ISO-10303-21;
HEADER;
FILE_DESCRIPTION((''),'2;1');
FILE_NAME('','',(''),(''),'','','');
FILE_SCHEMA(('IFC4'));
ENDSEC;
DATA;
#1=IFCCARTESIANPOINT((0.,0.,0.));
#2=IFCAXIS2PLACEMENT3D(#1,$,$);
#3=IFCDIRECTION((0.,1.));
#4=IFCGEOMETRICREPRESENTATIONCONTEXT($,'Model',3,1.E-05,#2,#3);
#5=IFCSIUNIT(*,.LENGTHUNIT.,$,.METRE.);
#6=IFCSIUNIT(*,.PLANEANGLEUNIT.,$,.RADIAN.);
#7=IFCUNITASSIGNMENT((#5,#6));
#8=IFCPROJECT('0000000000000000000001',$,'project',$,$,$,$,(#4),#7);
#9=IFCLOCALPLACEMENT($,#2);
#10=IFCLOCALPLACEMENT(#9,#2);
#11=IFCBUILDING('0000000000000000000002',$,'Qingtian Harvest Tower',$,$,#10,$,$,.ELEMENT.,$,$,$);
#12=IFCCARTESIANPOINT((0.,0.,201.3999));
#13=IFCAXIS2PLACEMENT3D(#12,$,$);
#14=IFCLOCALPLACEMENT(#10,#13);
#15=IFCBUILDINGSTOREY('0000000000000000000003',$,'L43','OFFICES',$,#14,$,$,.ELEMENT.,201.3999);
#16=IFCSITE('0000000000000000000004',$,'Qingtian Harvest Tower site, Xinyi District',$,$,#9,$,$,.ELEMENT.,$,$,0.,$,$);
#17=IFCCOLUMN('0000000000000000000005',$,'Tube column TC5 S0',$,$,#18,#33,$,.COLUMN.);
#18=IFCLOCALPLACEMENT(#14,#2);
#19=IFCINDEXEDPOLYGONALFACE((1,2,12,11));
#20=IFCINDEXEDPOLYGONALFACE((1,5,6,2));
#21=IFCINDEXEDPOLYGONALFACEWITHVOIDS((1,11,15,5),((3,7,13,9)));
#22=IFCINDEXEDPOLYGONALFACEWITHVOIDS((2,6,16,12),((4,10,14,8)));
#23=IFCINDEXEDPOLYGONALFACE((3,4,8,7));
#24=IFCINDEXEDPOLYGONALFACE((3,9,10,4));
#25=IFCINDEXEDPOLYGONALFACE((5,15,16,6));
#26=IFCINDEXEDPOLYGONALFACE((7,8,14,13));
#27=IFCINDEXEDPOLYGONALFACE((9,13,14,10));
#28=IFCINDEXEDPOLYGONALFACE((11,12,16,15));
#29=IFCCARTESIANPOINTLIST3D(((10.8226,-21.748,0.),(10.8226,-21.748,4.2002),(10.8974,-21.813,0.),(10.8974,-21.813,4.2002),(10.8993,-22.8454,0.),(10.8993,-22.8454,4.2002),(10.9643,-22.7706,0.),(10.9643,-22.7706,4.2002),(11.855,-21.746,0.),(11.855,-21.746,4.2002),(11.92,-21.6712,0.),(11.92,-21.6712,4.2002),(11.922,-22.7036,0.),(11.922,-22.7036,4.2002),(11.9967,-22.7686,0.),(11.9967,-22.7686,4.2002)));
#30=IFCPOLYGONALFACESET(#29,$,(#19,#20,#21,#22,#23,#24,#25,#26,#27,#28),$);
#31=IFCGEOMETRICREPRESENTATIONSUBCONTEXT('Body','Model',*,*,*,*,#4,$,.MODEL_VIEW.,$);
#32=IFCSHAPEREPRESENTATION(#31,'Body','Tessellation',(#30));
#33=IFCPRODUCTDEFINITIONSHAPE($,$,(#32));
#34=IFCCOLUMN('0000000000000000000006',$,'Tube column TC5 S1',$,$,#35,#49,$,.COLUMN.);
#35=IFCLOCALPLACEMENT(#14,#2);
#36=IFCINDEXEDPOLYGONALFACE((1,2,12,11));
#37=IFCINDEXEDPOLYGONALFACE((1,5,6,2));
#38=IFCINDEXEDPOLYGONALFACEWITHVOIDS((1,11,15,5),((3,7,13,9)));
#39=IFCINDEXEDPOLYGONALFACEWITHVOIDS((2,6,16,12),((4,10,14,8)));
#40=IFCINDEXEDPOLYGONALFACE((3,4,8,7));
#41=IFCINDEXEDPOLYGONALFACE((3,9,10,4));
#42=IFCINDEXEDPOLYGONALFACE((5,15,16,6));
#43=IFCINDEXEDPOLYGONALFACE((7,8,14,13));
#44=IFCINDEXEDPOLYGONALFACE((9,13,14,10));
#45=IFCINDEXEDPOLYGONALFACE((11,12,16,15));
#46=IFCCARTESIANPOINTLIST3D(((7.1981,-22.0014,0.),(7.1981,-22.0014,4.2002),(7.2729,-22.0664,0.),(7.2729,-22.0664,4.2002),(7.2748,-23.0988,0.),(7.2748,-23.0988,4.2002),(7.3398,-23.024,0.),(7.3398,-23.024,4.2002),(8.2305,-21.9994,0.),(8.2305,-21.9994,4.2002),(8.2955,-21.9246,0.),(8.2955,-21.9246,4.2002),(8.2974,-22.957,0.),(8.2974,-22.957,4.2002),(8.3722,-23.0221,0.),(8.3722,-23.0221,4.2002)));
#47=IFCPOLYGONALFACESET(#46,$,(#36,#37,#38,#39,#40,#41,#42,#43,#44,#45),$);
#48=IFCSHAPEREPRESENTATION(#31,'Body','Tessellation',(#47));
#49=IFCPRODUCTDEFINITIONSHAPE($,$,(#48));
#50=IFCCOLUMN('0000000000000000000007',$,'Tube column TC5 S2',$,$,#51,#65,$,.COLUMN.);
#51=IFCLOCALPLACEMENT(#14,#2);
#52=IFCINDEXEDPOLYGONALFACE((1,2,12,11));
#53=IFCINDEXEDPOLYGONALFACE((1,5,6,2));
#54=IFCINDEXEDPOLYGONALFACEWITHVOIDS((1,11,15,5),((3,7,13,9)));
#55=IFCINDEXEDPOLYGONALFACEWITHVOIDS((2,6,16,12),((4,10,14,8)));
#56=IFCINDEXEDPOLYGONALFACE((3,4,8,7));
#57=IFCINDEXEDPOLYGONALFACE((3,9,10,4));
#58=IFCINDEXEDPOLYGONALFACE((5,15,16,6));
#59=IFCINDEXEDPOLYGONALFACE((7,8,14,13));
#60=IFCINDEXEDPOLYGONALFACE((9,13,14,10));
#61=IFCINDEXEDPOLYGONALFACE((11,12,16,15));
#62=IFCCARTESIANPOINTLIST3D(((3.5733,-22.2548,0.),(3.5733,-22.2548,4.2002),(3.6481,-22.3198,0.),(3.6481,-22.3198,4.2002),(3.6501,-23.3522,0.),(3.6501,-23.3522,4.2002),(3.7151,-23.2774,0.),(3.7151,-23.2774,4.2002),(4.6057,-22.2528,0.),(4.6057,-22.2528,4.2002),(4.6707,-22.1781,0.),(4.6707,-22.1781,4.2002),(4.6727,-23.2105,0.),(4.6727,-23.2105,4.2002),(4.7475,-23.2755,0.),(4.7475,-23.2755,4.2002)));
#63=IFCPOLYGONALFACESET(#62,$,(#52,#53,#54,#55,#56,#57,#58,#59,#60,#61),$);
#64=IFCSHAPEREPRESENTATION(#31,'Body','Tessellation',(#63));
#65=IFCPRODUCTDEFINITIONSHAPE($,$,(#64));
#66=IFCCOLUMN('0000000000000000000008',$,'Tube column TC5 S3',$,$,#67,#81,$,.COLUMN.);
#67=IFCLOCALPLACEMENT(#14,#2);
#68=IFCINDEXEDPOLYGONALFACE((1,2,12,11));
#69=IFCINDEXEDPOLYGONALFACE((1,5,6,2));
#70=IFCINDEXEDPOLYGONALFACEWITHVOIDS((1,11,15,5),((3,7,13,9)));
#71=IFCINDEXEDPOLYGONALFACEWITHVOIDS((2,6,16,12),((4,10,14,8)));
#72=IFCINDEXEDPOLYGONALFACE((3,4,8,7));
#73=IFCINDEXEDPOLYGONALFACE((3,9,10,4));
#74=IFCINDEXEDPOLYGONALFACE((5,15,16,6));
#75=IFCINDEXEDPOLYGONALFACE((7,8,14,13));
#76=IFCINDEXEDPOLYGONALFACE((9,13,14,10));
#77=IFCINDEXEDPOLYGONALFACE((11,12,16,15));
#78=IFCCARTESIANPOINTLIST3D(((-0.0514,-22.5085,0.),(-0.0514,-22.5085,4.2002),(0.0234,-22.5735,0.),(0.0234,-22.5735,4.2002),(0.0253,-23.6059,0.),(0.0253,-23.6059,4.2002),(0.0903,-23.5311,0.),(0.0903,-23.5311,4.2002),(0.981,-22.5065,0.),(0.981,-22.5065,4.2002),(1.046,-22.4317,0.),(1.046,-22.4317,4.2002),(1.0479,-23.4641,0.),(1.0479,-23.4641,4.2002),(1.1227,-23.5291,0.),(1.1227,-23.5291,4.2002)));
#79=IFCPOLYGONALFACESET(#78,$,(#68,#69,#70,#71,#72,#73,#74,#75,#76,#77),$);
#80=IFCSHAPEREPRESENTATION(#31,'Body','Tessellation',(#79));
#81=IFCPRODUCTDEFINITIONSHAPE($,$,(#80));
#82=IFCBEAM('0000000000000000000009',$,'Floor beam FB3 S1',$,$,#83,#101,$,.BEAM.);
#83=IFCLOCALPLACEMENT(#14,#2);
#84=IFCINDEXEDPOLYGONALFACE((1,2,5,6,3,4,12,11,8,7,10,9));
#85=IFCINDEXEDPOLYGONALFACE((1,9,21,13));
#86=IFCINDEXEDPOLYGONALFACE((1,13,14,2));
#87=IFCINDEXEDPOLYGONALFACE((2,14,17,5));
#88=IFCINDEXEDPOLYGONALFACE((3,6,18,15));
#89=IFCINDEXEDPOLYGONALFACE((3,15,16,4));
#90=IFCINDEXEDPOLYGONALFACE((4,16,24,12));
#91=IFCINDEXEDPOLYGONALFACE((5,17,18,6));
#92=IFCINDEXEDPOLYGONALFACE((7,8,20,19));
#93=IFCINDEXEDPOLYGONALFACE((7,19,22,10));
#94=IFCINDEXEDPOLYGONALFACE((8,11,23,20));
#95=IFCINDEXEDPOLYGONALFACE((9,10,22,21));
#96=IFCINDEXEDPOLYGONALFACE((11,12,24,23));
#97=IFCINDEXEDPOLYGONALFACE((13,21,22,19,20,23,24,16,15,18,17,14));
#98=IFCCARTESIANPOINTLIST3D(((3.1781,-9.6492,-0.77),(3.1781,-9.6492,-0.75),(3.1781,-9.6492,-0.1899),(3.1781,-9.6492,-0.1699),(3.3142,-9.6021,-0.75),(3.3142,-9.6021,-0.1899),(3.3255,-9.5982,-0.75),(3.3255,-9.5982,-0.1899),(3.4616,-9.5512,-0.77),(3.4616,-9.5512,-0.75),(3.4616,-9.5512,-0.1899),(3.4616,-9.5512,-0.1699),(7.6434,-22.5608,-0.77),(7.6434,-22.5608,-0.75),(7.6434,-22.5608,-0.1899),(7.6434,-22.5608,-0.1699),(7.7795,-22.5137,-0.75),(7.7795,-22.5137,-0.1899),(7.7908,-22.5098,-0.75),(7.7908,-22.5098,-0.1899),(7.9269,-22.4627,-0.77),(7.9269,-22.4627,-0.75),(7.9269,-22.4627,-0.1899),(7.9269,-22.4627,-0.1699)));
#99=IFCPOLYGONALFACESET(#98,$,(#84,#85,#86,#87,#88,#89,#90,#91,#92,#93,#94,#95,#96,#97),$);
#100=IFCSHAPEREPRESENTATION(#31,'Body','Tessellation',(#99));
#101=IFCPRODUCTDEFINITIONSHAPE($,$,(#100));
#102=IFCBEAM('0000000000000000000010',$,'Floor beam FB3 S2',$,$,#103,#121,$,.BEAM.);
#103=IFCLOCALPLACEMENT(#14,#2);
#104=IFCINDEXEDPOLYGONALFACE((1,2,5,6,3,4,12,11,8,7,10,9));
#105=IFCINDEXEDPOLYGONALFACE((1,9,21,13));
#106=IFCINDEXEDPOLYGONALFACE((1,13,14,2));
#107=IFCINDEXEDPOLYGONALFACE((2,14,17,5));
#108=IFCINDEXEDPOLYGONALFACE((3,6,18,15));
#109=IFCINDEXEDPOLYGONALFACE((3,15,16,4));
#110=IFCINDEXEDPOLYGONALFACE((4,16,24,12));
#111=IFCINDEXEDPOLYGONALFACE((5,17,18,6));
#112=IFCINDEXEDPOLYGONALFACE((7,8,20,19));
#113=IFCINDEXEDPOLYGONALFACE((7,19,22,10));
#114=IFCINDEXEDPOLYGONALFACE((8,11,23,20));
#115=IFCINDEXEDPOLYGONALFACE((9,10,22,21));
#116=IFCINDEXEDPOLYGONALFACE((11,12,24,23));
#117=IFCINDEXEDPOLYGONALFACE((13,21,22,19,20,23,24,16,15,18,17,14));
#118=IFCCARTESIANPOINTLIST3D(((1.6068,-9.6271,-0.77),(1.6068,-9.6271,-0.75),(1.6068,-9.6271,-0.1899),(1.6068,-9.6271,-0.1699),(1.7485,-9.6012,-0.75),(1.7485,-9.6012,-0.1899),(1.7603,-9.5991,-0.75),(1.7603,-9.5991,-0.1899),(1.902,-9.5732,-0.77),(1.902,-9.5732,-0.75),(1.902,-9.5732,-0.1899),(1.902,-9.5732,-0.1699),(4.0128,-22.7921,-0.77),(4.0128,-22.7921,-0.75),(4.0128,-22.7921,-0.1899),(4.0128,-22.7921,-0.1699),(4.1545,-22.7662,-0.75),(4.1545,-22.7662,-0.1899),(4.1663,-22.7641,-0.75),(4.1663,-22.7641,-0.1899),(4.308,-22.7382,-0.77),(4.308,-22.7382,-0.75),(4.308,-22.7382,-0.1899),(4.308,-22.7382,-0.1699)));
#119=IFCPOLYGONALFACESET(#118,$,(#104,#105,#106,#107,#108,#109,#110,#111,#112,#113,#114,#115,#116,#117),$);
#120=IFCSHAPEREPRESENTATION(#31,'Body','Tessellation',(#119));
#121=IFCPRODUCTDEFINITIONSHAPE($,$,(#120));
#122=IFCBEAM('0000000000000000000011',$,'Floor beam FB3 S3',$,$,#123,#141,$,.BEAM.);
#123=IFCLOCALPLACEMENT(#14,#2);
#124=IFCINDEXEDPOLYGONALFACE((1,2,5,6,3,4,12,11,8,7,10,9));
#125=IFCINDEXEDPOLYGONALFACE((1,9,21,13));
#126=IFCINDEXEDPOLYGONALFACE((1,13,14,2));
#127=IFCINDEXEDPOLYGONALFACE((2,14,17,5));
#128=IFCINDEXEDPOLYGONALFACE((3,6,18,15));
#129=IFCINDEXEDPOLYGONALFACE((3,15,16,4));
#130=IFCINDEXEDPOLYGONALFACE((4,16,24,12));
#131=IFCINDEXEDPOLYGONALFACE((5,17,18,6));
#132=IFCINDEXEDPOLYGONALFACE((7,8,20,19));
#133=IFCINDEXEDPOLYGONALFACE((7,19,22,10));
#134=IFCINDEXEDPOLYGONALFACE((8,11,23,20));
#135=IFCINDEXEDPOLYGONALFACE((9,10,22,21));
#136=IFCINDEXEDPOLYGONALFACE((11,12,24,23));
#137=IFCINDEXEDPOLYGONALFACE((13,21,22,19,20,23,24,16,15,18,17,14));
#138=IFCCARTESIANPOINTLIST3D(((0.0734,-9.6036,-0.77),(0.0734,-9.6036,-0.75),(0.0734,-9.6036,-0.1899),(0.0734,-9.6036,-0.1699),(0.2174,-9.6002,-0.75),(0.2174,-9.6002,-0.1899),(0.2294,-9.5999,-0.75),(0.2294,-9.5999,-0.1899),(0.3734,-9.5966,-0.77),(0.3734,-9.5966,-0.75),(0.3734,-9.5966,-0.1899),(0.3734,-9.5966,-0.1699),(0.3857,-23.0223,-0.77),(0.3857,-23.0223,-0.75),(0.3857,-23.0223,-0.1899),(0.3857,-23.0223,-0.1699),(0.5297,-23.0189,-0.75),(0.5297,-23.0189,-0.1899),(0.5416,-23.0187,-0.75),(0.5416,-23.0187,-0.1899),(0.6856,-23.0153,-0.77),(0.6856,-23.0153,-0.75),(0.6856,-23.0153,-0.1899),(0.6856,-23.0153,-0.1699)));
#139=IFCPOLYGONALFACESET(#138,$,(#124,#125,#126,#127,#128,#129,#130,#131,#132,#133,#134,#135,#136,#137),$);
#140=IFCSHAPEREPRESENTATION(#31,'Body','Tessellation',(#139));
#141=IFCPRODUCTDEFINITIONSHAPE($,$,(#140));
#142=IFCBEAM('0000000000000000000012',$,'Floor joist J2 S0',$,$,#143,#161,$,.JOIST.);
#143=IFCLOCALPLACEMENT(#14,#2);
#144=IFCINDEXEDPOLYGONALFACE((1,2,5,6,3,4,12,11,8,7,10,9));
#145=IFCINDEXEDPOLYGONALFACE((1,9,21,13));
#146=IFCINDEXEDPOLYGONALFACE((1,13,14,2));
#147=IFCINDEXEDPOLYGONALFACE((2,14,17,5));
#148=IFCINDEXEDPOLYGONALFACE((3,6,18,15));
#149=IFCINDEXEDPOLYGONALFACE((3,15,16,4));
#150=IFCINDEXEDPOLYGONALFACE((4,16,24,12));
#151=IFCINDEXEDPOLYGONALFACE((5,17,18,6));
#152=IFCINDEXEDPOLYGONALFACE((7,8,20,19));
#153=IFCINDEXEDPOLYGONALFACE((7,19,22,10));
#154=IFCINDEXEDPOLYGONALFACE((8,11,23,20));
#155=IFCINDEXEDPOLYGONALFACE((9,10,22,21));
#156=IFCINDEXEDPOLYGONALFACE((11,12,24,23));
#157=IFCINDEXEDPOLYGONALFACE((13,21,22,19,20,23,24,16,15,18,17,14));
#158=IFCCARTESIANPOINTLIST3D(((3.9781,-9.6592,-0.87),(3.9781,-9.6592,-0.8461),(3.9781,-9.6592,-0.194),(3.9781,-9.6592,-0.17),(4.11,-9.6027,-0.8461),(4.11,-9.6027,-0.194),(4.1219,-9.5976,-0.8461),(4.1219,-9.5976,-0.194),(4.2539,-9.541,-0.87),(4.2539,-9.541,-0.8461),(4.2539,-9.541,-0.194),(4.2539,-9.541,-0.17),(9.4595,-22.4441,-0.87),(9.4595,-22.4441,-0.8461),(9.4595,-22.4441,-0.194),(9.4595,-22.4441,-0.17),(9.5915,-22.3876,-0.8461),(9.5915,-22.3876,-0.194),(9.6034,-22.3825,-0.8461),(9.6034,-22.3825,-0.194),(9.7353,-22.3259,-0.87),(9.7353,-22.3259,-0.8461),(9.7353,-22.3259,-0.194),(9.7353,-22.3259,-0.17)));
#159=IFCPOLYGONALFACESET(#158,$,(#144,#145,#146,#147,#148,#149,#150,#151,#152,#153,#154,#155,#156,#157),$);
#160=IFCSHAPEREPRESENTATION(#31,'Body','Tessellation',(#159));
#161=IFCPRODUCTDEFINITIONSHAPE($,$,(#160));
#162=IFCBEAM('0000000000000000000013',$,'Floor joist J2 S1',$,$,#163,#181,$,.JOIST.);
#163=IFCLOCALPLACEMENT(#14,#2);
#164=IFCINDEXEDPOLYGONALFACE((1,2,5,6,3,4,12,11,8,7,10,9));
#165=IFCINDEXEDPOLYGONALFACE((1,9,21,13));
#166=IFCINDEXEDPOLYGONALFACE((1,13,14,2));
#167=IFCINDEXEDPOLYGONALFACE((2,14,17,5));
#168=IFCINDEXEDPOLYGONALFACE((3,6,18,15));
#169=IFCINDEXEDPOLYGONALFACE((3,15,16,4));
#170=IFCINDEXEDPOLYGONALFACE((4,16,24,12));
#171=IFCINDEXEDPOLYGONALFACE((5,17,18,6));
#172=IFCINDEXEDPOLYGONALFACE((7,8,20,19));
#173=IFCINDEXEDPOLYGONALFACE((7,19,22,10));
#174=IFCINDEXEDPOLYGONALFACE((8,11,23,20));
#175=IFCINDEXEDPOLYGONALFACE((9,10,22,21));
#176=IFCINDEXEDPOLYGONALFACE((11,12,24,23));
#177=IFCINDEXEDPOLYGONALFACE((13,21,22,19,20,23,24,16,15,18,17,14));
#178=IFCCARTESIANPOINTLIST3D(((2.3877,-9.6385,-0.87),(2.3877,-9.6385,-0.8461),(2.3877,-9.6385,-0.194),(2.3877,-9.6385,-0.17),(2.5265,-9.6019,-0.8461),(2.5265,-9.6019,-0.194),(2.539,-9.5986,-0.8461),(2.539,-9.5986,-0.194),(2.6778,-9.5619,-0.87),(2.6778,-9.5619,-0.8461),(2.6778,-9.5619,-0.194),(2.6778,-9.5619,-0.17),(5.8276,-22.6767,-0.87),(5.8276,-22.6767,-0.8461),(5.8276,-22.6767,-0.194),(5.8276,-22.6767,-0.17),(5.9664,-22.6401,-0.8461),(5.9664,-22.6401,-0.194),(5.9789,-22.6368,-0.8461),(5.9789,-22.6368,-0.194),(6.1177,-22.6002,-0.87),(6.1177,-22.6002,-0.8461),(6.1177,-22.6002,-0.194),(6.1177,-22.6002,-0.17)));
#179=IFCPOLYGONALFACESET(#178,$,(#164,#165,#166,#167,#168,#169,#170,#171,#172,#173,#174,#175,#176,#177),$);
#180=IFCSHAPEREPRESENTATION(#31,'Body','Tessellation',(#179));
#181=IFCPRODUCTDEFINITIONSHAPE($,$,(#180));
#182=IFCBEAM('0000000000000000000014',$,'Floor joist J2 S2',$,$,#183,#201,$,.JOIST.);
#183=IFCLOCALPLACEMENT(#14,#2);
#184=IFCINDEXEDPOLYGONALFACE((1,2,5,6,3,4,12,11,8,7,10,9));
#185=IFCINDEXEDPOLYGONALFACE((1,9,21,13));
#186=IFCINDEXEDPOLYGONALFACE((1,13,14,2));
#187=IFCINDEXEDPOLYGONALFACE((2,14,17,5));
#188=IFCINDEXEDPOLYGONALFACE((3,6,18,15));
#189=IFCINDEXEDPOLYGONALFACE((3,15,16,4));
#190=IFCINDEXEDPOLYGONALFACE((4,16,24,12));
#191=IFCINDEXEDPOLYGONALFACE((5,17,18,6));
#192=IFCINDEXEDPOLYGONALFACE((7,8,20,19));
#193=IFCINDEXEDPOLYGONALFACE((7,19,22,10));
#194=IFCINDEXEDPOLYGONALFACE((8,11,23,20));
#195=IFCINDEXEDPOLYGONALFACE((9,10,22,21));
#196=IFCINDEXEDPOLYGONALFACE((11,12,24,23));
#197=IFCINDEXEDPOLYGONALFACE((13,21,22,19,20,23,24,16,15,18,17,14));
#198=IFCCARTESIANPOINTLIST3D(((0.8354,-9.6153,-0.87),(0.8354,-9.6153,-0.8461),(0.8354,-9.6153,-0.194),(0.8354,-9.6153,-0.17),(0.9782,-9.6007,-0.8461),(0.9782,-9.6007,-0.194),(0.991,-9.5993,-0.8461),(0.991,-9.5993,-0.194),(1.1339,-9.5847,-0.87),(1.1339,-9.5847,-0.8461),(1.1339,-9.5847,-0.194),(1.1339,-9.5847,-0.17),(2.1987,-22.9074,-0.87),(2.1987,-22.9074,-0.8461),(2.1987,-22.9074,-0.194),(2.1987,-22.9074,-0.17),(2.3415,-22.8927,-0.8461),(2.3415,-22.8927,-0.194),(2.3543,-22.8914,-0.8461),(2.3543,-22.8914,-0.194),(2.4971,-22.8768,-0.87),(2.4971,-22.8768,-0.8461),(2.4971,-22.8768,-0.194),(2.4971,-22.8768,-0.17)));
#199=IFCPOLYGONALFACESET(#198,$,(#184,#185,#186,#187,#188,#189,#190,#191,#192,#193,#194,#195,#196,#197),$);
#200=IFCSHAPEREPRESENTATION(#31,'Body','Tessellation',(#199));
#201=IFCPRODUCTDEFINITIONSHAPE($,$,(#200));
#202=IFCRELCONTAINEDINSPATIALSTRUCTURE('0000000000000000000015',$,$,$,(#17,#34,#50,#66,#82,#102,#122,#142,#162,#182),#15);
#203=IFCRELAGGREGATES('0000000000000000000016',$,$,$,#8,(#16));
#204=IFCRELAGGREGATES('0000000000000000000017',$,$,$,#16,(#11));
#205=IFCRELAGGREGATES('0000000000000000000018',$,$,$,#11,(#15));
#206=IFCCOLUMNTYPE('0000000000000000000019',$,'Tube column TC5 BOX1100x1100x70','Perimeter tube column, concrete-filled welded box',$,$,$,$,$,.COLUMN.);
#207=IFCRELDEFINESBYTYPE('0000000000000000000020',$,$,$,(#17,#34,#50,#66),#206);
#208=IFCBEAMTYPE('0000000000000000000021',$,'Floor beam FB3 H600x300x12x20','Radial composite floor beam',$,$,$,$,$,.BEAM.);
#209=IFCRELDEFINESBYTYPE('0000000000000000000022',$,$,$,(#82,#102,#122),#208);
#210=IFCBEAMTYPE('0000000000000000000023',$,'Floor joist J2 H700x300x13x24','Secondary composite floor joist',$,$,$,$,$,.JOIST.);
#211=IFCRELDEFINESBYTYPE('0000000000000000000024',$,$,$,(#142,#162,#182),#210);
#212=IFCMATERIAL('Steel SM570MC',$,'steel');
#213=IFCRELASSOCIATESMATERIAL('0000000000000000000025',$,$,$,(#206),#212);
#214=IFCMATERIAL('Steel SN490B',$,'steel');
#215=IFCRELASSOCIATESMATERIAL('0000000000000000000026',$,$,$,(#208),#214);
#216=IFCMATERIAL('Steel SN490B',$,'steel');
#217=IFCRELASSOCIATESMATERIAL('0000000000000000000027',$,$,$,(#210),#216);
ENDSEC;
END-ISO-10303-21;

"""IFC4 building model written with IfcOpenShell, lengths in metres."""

from ifc_helpers import new_model, si_unit, direction, frame, origin, origin_2d, place, context, subcontext, project, spatial, hollow_rectangle, i_section, extrude, material, material_profile, profile_set, type_object, element, save


model = new_model("IFC4")

# Units and contexts
model_context = context("Model", 3, precision=1e-05, world=origin(), true_north=direction((0.0, 1.0)))
body_context = subcontext(model_context, "Body", "Model", "MODEL_VIEW")
ifc_project = project(units=[si_unit("LENGTHUNIT", "METRE"), si_unit("PLANEANGLEUNIT", "RADIAN")], contexts=[model_context])

# Site, building, storey
site_placement = place(None, origin())
site = spatial("IfcSite", under=ifc_project, at=site_placement, Name="Qingtian Harvest Tower site, Xinyi District", CompositionType="ELEMENT", RefElevation=0.0)
building_placement = place(site_placement, origin())
building = spatial("IfcBuilding", under=site, at=building_placement, Name="Qingtian Harvest Tower", CompositionType="ELEMENT")
storey_placement = place(building_placement, frame((0.0, 0.0, 201.3999)))
storey = spatial("IfcBuildingStorey", under=building, at=storey_placement, Name="L43", Description="OFFICES", CompositionType="ELEMENT", Elevation=201.3999)

# Columns
ifc_material_1 = material(Name="Steel SM570MC", Category="steel")
ifc_material_profile_1 = material_profile(ifc_material_1, hollow_rectangle(XDim=1.1001, YDim=1.1001, WallThickness=0.0701, at=origin_2d()), Name="BOX1100x1100x70")
ifc_profile_set_1 = profile_set([ifc_material_profile_1], Name="Steel SM570MC")
column_type = type_object("IfcColumnType", Name="Tube column TC5 BOX1100x1100x70", Description="Perimeter tube column, concrete-filled welded box", PredefinedType="COLUMN", material=ifc_profile_set_1)
for number, where, z_axis, x_axis, name in (
    (1, (11.4097, -22.2583, 0.0), (0.0, 0.0, 1.0), (0.997564, 0.069756, 0.0), "Tube column TC5 S0"),
    (2, (7.7852, -22.5117, 0.0), (0.0, 0.0, 1.0), (0.997564, 0.069756, 0.0), "Tube column TC5 S1"),
    (3, (4.1604, -22.7651, 0.0), (0.0, 0.0, 1.0), (0.997564, 0.069756, 0.0), "Tube column TC5 S2"),
    (4, (0.5356, -23.0188, 0.0), (0.0, 0.0, 1.0), (0.997564, 0.069756, 0.0), "Tube column TC5 S3"),
):
    element("IfcColumn", number, at=place(storey_placement, frame(where, z_axis=z_axis, x_axis=x_axis)), inside=storey, type_object=column_type, Name=name, PredefinedType="COLUMN", context=body_context, shape_type="SweptSolid", body=[
        extrude(hollow_rectangle(XDim=1.1001, YDim=1.1001, WallThickness=0.0701, at=origin_2d()), origin(), (0.0, 0.0, 1.0), 4.2002),
    ])

# Beams
ifc_material_2 = material(Name="Steel SN490B", Category="steel")
ifc_material_profile_2 = material_profile(ifc_material_2, i_section(OverallWidth=0.3, OverallDepth=0.6001, WebThickness=0.012, FlangeThickness=0.02, at=origin_2d()), Name="H600x300x12x20")
ifc_profile_set_2 = profile_set([ifc_material_profile_2], Name="Steel SN490B")
beam_type_1 = type_object("IfcBeamType", Name="Floor beam FB3 H600x300x12x20", Description="Radial composite floor beam", PredefinedType="BEAM", material=ifc_profile_set_2)
beam_1_placement = place(storey_placement, frame((7.7852, -22.5117, -0.47), z_axis=(-0.326844, 0.945078, 0.0), x_axis=(-0.945078, -0.326844, 0.0)))
element("IfcBeam", 5, at=beam_1_placement, inside=storey, type_object=beam_type_1, Name="Floor beam FB3 S1", PredefinedType="BEAM", context=body_context, shape_type="SweptSolid", body=[
    extrude(i_section(OverallWidth=0.3, OverallDepth=0.6001, WebThickness=0.012, FlangeThickness=0.02, at=origin_2d()), origin(), (0.0, 0.0, 1.0), 13.6619),
])
beam_2_placement = place(storey_placement, frame((4.1604, -22.7651, -0.47), z_axis=(-0.17978, 0.983707, 0.0), x_axis=(-0.983707, -0.17978, 0.0)))
element("IfcBeam", 6, at=beam_2_placement, inside=storey, type_object=beam_type_1, Name="Floor beam FB3 S2", PredefinedType="BEAM", context=body_context, shape_type="SweptSolid", body=[
    extrude(i_section(OverallWidth=0.3, OverallDepth=0.6001, WebThickness=0.012, FlangeThickness=0.02, at=origin_2d()), origin(), (0.0, 0.0, 1.0), 13.3831),
])
beam_3_placement = place(storey_placement, frame((0.5356, -23.0188, -0.47), z_axis=(-0.023264, 0.999729, 0.0), x_axis=(-0.999729, -0.023264, 0.0)))
element("IfcBeam", 7, at=beam_3_placement, inside=storey, type_object=beam_type_1, Name="Floor beam FB3 S3", PredefinedType="BEAM", context=body_context, shape_type="SweptSolid", body=[
    extrude(i_section(OverallWidth=0.3, OverallDepth=0.6001, WebThickness=0.012, FlangeThickness=0.02, at=origin_2d()), origin(), (0.0, 0.0, 1.0), 13.4224),
])
ifc_material_3 = material(Name="Steel SN490B", Category="steel")
ifc_material_profile_3 = material_profile(ifc_material_3, i_section(OverallWidth=0.3, OverallDepth=0.7, WebThickness=0.0129, FlangeThickness=0.0239, at=origin_2d()), Name="H700x300x13x24")
ifc_profile_set_3 = profile_set([ifc_material_profile_3], Name="Steel SN490B")
beam_type_2 = type_object("IfcBeamType", Name="Floor joist J2 H700x300x13x24", Description="Secondary composite floor joist", PredefinedType="JOIST", material=ifc_profile_set_3)
beam_4_placement = place(storey_placement, frame((9.5974, -22.385, -0.52), z_axis=(-0.394053, 0.919088, 0.0), x_axis=(-0.919088, -0.394053, 0.0)))
element("IfcBeam", 8, at=beam_4_placement, inside=storey, type_object=beam_type_2, Name="Floor joist J2 S0", PredefinedType="JOIST", context=body_context, shape_type="SweptSolid", body=[
    extrude(i_section(OverallWidth=0.3, OverallDepth=0.7, WebThickness=0.0129, FlangeThickness=0.0239, at=origin_2d()), origin(), (0.0, 0.0, 1.0), 13.9104),
])
beam_5_placement = place(storey_placement, frame((5.9727, -22.6384, -0.52), z_axis=(-0.255104, 0.966914, 0.0), x_axis=(-0.966914, -0.255104, 0.0)))
element("IfcBeam", 9, at=beam_5_placement, inside=storey, type_object=beam_type_2, Name="Floor joist J2 S1", PredefinedType="JOIST", context=body_context, shape_type="SweptSolid", body=[
    extrude(i_section(OverallWidth=0.3, OverallDepth=0.7, WebThickness=0.0129, FlangeThickness=0.0239, at=origin_2d()), origin(), (0.0, 0.0, 1.0), 13.4844),
])
beam_6_placement = place(storey_placement, frame((2.3479, -22.8921, -0.52), z_axis=(-0.102029, 0.994781, 0.0), x_axis=(-0.994781, -0.102029, 0.0)))
element("IfcBeam", 10, at=beam_6_placement, inside=storey, type_object=beam_type_2, Name="Floor joist J2 S2", PredefinedType="JOIST", context=body_context, shape_type="SweptSolid", body=[
    extrude(i_section(OverallWidth=0.3, OverallDepth=0.7, WebThickness=0.0129, FlangeThickness=0.0239, at=origin_2d()), origin(), (0.0, 0.0, 1.0), 13.3618),
])

save(model, "model.ifc")
